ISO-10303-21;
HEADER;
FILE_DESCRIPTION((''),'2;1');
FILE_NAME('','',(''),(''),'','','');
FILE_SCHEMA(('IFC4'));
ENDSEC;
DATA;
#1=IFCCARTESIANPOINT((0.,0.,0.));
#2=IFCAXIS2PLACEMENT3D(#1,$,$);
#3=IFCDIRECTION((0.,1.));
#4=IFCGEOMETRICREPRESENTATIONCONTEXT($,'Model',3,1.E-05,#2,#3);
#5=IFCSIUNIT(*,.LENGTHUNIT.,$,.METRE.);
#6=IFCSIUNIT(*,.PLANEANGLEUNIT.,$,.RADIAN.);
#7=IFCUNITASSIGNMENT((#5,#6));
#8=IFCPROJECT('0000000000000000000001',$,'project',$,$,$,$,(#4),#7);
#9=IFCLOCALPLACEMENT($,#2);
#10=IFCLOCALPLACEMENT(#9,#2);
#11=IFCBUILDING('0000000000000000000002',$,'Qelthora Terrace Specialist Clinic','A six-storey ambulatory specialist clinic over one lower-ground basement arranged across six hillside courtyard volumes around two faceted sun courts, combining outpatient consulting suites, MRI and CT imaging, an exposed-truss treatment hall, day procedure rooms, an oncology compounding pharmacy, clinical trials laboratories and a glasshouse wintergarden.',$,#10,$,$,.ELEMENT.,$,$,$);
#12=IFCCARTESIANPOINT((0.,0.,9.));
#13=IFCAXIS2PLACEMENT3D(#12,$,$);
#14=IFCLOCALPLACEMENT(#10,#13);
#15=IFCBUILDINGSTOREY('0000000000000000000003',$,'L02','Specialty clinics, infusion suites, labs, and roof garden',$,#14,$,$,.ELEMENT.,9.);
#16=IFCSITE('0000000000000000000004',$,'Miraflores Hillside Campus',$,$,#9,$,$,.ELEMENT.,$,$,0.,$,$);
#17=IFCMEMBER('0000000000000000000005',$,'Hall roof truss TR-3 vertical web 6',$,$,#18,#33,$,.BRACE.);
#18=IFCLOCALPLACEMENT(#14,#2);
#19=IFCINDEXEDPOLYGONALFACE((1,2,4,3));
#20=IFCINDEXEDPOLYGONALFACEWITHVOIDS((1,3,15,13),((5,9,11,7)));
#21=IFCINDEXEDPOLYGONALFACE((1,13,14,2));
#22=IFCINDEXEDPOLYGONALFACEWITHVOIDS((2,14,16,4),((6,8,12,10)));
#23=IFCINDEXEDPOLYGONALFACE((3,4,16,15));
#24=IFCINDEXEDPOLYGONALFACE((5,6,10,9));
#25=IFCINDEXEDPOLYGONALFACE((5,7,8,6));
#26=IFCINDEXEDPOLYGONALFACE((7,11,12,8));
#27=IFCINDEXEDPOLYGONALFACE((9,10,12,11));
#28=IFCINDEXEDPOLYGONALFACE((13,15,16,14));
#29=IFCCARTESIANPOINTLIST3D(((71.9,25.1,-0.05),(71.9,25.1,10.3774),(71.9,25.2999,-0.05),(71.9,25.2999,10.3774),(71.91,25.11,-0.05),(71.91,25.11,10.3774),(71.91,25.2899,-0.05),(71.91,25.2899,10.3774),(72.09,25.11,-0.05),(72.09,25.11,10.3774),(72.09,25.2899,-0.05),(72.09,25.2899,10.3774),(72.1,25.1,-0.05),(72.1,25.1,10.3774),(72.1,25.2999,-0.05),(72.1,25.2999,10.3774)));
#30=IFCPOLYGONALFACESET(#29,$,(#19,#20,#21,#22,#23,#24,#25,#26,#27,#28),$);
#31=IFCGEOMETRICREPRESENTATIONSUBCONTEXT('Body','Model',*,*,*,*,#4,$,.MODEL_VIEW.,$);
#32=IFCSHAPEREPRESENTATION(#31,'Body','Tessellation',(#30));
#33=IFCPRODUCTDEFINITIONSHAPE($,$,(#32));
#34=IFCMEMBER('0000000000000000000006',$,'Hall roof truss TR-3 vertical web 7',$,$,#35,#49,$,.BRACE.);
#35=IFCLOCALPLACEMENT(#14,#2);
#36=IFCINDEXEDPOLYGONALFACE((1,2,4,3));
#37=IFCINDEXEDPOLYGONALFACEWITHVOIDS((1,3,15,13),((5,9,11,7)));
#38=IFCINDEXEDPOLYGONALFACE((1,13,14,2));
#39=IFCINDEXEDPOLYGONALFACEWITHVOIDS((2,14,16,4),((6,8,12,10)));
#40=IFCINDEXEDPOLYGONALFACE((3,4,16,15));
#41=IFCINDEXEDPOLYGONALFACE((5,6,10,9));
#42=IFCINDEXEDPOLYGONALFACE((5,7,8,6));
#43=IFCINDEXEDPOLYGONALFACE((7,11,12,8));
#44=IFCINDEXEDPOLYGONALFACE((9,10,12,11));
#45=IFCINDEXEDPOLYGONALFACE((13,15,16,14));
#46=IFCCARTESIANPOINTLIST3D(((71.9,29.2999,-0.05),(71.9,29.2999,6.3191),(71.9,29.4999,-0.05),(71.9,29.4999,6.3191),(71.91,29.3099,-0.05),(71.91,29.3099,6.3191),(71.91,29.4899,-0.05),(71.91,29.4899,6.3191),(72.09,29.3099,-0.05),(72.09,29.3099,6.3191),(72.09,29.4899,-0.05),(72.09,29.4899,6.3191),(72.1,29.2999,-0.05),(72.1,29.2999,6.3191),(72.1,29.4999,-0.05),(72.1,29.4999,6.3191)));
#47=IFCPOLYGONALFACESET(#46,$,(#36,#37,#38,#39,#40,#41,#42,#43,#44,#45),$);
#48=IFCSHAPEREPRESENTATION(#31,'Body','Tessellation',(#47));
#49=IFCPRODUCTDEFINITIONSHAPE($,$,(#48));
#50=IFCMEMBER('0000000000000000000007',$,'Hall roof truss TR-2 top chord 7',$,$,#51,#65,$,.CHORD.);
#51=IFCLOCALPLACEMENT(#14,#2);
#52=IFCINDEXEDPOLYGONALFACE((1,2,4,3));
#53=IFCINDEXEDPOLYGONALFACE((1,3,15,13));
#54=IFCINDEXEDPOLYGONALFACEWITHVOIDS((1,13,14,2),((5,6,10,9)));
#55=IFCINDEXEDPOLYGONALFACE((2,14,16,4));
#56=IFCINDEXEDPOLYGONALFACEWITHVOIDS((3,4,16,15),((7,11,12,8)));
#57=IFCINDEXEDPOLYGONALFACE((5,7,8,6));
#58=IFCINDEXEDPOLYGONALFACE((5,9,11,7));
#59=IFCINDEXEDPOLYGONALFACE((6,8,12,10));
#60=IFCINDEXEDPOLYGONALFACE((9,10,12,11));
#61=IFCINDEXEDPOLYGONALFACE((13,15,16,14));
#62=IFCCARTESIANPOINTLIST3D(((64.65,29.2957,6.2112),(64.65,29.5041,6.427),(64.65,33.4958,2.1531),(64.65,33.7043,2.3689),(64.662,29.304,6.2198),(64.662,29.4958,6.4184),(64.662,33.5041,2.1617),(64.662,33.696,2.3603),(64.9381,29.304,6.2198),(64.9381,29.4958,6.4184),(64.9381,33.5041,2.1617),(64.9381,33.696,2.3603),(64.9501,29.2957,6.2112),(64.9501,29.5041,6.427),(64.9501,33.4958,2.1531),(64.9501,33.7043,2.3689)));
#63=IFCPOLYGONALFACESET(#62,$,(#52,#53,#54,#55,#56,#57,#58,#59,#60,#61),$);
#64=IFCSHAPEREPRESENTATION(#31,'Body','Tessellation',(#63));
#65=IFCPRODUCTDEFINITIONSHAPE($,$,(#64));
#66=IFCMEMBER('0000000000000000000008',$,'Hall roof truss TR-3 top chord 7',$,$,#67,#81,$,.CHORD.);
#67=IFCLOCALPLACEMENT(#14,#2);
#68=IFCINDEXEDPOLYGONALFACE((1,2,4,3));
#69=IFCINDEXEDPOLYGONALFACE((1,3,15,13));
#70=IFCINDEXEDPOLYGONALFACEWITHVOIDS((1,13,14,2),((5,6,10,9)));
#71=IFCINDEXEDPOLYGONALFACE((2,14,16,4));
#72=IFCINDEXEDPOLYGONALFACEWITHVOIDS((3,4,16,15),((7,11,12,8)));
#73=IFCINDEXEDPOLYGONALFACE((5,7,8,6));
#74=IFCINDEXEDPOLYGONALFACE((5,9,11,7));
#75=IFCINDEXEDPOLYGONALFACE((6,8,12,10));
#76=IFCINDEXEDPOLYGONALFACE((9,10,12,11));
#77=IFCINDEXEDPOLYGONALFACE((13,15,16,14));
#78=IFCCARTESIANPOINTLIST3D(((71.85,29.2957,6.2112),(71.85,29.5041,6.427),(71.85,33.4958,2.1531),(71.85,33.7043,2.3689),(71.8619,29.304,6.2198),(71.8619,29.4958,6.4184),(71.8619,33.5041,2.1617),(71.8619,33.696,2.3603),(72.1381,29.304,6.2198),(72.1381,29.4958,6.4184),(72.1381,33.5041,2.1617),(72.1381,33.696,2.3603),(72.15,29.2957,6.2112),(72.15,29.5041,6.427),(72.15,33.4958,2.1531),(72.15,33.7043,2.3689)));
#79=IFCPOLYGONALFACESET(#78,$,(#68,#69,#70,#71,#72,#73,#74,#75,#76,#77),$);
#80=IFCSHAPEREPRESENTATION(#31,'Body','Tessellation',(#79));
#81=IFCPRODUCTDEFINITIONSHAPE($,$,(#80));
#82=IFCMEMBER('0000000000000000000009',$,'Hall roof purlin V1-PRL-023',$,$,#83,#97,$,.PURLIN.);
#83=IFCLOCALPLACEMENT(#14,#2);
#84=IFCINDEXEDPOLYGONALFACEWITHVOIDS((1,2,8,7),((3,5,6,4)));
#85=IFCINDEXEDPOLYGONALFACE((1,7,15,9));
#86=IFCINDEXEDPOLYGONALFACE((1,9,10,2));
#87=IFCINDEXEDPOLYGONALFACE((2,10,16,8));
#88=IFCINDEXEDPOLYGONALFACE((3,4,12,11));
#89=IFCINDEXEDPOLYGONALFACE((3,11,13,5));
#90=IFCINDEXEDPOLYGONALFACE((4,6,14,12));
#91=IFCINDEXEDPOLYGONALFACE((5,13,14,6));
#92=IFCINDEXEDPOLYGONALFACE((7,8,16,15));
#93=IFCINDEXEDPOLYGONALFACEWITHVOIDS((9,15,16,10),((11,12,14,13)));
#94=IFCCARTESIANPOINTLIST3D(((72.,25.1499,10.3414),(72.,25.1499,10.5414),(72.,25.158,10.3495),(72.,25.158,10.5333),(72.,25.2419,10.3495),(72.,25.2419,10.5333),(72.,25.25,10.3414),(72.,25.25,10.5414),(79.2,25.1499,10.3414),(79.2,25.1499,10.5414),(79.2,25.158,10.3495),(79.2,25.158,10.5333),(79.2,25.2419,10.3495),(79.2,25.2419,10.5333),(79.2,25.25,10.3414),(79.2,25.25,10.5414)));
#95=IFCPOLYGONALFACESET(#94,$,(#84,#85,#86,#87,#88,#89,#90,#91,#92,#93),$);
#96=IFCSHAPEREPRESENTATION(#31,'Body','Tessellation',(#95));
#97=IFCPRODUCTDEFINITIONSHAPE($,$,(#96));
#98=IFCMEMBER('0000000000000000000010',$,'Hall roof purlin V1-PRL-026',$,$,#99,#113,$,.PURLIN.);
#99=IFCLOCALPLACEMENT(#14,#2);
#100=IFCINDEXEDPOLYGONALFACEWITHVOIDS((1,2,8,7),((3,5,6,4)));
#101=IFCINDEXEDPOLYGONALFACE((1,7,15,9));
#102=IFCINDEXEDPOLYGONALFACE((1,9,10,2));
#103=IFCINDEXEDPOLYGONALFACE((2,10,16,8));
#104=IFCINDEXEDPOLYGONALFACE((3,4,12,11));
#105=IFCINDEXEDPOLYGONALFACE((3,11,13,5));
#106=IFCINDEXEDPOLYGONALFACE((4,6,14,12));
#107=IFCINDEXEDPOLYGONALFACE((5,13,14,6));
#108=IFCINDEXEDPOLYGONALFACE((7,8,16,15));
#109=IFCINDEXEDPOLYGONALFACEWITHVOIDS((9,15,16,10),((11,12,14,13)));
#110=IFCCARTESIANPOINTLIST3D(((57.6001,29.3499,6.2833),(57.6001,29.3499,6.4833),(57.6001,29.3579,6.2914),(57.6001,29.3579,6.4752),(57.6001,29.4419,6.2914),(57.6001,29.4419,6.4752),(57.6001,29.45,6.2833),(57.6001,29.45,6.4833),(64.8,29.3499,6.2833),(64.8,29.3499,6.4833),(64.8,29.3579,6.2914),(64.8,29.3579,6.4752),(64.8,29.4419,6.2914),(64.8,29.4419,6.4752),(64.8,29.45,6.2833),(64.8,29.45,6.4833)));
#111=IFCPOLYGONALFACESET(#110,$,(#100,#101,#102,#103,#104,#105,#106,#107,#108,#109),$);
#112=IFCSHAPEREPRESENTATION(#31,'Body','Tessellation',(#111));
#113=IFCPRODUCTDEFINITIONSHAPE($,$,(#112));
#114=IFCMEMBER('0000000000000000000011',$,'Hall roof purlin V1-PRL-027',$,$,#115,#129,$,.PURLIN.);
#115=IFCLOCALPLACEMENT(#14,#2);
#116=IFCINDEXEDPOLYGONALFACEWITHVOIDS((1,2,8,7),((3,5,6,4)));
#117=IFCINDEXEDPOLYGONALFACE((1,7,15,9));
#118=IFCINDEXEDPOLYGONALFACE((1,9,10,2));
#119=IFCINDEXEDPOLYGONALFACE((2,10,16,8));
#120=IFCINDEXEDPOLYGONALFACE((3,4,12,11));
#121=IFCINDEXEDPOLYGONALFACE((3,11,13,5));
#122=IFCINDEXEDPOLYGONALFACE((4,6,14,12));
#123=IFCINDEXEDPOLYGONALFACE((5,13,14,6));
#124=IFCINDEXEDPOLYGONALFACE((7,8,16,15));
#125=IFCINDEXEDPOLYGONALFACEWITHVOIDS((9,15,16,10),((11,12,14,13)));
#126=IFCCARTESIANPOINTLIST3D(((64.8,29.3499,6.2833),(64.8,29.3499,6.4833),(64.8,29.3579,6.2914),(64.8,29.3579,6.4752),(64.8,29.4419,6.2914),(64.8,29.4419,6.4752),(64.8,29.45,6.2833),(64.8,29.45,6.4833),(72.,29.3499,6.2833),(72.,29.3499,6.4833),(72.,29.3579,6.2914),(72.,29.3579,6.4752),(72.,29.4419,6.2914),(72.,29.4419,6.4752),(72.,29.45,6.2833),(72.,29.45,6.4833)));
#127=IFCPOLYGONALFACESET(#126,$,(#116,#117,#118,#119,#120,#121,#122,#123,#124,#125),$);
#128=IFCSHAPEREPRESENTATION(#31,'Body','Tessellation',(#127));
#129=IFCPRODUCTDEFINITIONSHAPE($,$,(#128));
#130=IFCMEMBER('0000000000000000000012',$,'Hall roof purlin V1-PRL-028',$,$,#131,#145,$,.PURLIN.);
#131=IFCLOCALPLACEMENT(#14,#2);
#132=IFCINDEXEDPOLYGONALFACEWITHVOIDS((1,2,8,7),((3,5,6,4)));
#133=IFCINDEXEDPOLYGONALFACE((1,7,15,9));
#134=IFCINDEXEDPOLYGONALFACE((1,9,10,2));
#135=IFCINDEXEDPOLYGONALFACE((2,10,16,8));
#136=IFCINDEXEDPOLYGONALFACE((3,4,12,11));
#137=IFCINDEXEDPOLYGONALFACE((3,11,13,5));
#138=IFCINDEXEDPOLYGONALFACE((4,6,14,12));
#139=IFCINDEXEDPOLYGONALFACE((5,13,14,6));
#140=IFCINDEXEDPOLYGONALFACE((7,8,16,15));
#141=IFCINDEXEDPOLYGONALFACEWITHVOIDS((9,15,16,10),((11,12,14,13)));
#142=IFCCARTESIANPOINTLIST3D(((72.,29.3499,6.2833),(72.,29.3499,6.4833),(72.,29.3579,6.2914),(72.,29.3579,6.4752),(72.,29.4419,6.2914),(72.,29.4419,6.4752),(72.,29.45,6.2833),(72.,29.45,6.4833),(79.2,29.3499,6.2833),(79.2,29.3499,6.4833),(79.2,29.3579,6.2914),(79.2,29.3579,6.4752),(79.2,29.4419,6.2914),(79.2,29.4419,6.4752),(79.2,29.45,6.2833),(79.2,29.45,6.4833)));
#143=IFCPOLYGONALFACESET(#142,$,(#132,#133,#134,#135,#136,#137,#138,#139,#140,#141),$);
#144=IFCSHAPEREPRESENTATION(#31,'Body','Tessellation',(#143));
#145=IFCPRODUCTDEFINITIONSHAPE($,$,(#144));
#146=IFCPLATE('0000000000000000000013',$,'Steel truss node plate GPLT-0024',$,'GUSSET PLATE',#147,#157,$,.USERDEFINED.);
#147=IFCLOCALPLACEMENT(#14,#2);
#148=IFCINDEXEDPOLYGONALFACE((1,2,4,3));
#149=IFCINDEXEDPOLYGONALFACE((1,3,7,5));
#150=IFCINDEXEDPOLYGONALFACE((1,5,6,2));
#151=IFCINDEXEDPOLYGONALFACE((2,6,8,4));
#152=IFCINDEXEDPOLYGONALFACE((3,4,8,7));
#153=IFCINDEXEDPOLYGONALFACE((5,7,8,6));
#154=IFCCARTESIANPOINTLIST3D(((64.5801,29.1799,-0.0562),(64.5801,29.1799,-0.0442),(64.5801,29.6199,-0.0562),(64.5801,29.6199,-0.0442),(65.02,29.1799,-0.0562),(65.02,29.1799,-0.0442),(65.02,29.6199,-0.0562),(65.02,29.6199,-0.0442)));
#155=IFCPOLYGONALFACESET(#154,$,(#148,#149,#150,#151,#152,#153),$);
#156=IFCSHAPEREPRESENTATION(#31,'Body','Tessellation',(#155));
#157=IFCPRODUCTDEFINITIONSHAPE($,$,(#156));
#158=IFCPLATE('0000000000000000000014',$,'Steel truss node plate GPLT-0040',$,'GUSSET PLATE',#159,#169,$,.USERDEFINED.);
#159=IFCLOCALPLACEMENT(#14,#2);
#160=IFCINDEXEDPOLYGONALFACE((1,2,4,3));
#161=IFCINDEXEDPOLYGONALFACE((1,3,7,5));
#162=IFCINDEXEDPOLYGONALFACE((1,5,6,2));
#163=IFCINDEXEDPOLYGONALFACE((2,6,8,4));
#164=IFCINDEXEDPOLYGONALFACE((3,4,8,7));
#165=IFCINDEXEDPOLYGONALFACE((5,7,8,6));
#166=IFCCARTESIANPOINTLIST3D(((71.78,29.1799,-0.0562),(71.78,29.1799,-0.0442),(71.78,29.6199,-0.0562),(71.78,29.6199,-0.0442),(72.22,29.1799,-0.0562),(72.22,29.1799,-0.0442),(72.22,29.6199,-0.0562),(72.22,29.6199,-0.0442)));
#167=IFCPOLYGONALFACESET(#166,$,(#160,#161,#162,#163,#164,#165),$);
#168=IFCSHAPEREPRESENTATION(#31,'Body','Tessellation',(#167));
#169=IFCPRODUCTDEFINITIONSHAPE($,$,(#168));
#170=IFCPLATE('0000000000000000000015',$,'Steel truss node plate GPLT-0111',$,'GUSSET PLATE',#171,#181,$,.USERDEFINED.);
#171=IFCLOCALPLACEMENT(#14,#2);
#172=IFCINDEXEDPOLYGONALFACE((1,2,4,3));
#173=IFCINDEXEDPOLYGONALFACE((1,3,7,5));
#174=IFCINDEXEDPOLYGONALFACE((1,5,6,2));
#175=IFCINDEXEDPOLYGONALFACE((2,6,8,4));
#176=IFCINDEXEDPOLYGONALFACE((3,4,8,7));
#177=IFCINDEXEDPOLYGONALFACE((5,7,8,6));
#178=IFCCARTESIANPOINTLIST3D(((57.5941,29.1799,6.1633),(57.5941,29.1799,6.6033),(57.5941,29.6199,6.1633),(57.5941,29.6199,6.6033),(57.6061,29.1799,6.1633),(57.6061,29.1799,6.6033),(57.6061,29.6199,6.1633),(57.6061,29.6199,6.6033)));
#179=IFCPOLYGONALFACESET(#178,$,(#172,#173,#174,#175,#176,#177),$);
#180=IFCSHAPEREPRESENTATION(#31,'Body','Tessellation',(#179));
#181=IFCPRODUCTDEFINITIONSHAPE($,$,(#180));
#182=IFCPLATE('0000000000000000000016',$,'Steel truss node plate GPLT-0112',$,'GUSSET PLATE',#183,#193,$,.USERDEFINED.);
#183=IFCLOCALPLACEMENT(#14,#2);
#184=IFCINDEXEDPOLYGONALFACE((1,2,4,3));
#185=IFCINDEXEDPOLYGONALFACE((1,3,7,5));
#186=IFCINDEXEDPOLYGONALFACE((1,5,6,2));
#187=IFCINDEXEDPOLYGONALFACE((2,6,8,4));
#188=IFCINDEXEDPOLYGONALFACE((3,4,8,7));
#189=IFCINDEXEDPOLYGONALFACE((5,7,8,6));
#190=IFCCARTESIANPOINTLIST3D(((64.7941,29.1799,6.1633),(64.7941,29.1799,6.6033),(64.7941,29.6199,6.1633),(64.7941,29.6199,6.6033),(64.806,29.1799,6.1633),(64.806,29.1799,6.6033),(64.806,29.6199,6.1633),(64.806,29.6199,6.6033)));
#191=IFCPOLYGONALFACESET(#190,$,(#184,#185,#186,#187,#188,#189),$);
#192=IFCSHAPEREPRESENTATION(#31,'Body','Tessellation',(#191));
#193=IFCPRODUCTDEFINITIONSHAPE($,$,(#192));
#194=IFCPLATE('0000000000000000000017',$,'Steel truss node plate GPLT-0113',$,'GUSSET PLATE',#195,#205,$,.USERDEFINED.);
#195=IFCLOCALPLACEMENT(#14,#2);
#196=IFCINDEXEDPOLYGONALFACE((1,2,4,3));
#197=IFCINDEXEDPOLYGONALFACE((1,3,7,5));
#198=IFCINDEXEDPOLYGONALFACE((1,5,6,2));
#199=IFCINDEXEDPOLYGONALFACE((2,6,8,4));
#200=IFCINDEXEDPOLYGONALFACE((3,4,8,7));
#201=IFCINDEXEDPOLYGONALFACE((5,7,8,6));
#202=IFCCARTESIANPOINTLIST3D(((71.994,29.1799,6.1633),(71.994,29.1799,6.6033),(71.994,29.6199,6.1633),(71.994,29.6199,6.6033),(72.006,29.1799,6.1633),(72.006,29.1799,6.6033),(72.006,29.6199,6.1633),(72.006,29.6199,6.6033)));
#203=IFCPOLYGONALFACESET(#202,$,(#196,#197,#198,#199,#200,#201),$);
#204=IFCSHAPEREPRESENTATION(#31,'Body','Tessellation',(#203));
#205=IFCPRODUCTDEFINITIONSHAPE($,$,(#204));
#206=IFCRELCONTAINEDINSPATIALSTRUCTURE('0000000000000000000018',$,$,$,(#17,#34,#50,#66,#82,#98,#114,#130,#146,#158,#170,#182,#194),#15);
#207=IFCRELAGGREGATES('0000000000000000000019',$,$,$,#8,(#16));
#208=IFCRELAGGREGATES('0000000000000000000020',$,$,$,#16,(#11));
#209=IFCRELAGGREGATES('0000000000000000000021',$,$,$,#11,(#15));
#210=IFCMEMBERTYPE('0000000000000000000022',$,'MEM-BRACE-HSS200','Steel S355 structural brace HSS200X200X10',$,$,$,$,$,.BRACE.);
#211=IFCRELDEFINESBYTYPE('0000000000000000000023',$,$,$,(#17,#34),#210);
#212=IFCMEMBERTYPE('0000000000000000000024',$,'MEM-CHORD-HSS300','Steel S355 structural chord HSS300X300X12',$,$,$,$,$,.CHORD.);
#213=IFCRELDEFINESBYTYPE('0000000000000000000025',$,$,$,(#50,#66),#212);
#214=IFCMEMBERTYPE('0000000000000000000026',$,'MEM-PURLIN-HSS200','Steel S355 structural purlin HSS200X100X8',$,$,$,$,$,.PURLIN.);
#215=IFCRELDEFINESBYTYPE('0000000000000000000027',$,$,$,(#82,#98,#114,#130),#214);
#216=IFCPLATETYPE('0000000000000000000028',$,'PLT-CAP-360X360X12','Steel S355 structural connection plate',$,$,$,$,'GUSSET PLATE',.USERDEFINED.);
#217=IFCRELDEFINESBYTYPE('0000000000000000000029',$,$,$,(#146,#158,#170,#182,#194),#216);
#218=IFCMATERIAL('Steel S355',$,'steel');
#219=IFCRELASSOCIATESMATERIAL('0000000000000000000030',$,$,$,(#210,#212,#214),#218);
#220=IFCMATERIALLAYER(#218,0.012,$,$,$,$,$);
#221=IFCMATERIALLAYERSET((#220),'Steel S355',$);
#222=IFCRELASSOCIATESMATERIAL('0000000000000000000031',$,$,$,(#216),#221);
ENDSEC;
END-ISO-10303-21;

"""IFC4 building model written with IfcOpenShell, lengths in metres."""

from ifc_helpers import new_model, si_unit, direction, frame, origin, origin_2d, place, context, subcontext, project, spatial, rectangle, hollow_rectangle, extrude, material, layer, layer_set, material_profile, profile_set, type_object, element, save


model = new_model("IFC4")

# Units and contexts
model_context = context("Model", 3, precision=1e-05, world=origin(), true_north=direction((0.0, 1.0)))
body_context = subcontext(model_context, "Body", "Model", "MODEL_VIEW")
ifc_project = project(units=[si_unit("LENGTHUNIT", "METRE"), si_unit("PLANEANGLEUNIT", "RADIAN")], contexts=[model_context])

# Site, building, storey
site_placement = place(None, origin())
site = spatial("IfcSite", under=ifc_project, at=site_placement, Name="Miraflores Hillside Campus", CompositionType="ELEMENT", RefElevation=0.0)
building_placement = place(site_placement, origin())
building = spatial("IfcBuilding", under=site, at=building_placement, Name="Qelthora Terrace Specialist Clinic", Description="A six-storey ambulatory specialist clinic over one lower-ground basement arranged across six hillside courtyard volumes around two faceted sun courts, combining outpatient consulting suites, MRI and CT imaging, an exposed-truss treatment hall, day procedure rooms, an oncology compounding pharmacy, clinical trials laboratories and a glasshouse wintergarden.", CompositionType="ELEMENT")
storey_placement = place(building_placement, frame((0.0, 0.0, 9.0)))
storey = spatial("IfcBuildingStorey", under=building, at=storey_placement, Name="L02", Description="Specialty clinics, infusion suites, labs, and roof garden", CompositionType="ELEMENT", Elevation=9.0)

# Shared definitions
ifc_material = material(Name="Steel S355", Category="steel")

# Members
ifc_material_profile_1 = material_profile(ifc_material, hollow_rectangle(XDim=0.2, YDim=0.2, WallThickness=0.01, at=origin_2d()), Name="HSS200X200X10")
ifc_profile_set_1 = profile_set([ifc_material_profile_1], Name="Steel S355")
member_type_1 = type_object("IfcMemberType", Name="MEM-BRACE-HSS200", Description="Steel S355 structural brace HSS200X200X10", PredefinedType="BRACE", material=ifc_profile_set_1)
member_1_placement = place(storey_placement, frame((72.0, 25.2, -0.05), z_axis=(0.0, 0.0, 1.0), x_axis=(1.0, 0.0, 0.0)))
element("IfcMember", 1, at=member_1_placement, inside=storey, type_object=member_type_1, Name="Hall roof truss TR-3 vertical web 6", PredefinedType="BRACE", context=body_context, shape_type="SweptSolid", body=[
    extrude(hollow_rectangle(XDim=0.2, YDim=0.2, WallThickness=0.01, at=origin_2d()), origin(), (0.0, 0.0, 1.0), 10.4275),
])
member_2_placement = place(storey_placement, frame((72.0, 29.3999, -0.05), z_axis=(0.0, 0.0, 1.0), x_axis=(1.0, 0.0, 0.0)))
element("IfcMember", 2, at=member_2_placement, inside=storey, type_object=member_type_1, Name="Hall roof truss TR-3 vertical web 7", PredefinedType="BRACE", context=body_context, shape_type="SweptSolid", body=[
    extrude(hollow_rectangle(XDim=0.2, YDim=0.2, WallThickness=0.01, at=origin_2d()), origin(), (0.0, 0.0, 1.0), 6.3691),
])
ifc_material_profile_2 = material_profile(ifc_material, hollow_rectangle(XDim=0.3, YDim=0.3, WallThickness=0.012, at=origin_2d()), Name="HSS300X300X12")
ifc_profile_set_2 = profile_set([ifc_material_profile_2], Name="Steel S355")
member_type_2 = type_object("IfcMemberType", Name="MEM-CHORD-HSS300", Description="Steel S355 structural chord HSS300X300X12", PredefinedType="CHORD", material=ifc_profile_set_2)
for number, where, z_axis, x_axis, name in (
    (3, (64.8, 29.3999, 6.3191), (0.0, 0.719167, -0.694838), (-1.0, 0.0, 0.0), "Hall roof truss TR-2 top chord 7"),
    (4, (72.0, 29.3999, 6.3191), (0.0, 0.719167, -0.694838), (-1.0, 0.0, 0.0), "Hall roof truss TR-3 top chord 7"),
):
    element("IfcMember", number, at=place(storey_placement, frame(where, z_axis=z_axis, x_axis=x_axis)), inside=storey, type_object=member_type_2, Name=name, PredefinedType="CHORD", context=body_context, shape_type="SweptSolid", body=[
        extrude(hollow_rectangle(XDim=0.3, YDim=0.3, WallThickness=0.012, at=origin_2d()), origin(), (0.0, 0.0, 1.0), 5.8403),
    ])
ifc_material_profile_3 = material_profile(ifc_material, hollow_rectangle(XDim=0.1001, YDim=0.2, WallThickness=0.0081, at=origin_2d()), Name="HSS200X100X8")
ifc_profile_set_3 = profile_set([ifc_material_profile_3], Name="Steel S355")
member_type_3 = type_object("IfcMemberType", Name="MEM-PURLIN-HSS200", Description="Steel S355 structural purlin HSS200X100X8", PredefinedType="PURLIN", material=ifc_profile_set_3)
for number, where, z_axis, x_axis, name in (
    (5, (72.0, 25.2, 10.4414), (1.0, 0.0, 0.0), (0.0, 1.0, 0.0), "Hall roof purlin V1-PRL-023"),
    (6, (57.6001, 29.3999, 6.3833), (1.0, 0.0, 0.0), (0.0, 1.0, 0.0), "Hall roof purlin V1-PRL-026"),
    (7, (64.8, 29.3999, 6.3833), (1.0, 0.0, 0.0), (0.0, 1.0, 0.0), "Hall roof purlin V1-PRL-027"),
    (8, (72.0, 29.3999, 6.3833), (1.0, 0.0, 0.0), (0.0, 1.0, 0.0), "Hall roof purlin V1-PRL-028"),
):
    element("IfcMember", number, at=place(storey_placement, frame(where, z_axis=z_axis, x_axis=x_axis)), inside=storey, type_object=member_type_3, Name=name, PredefinedType="PURLIN", context=body_context, shape_type="SweptSolid", body=[
        extrude(hollow_rectangle(XDim=0.1001, YDim=0.2, WallThickness=0.0081, at=origin_2d()), origin(), (0.0, 0.0, 1.0), 7.2),
    ])

# Plates
ifc_layer_1 = layer(ifc_material, 0.012)
ifc_layer_set_1 = layer_set([ifc_layer_1], Name="Steel S355")
plate_type_1 = type_object("IfcPlateType", Name="PLT-CAP-360X360X12", Description="Steel S355 structural connection plate", ElementType="GUSSET PLATE", PredefinedType="USERDEFINED", material=ifc_layer_set_1)
for number, where, z_axis, x_axis, name in (
    (9, (64.8, 29.3999, -0.0562), (0.0, 0.0, 1.0), (1.0, 0.0, 0.0), "Steel truss node plate GPLT-0024"),
    (10, (72.0, 29.3999, -0.0562), (0.0, 0.0, 1.0), (1.0, 0.0, 0.0), "Steel truss node plate GPLT-0040"),
):
    element("IfcPlate", number, at=place(storey_placement, frame(where, z_axis=z_axis, x_axis=x_axis)), inside=storey, type_object=plate_type_1, Name=name, ObjectType="GUSSET PLATE", PredefinedType="USERDEFINED", context=body_context, shape_type="SweptSolid", body=[
        extrude(rectangle(XDim=0.4399, YDim=0.4399, at=origin_2d()), origin(), (0.0, 0.0, 1.0), 0.012),
    ])
for number, where, z_axis, x_axis, name in (
    (11, (57.6001, 29.3999, 6.1633), (0.0, 0.0, 1.0), (1.0, 0.0, 0.0), "Steel truss node plate GPLT-0111"),
    (12, (64.8, 29.3999, 6.1633), (0.0, 0.0, 1.0), (1.0, 0.0, 0.0), "Steel truss node plate GPLT-0112"),
    (13, (72.0, 29.3999, 6.1633), (0.0, 0.0, 1.0), (1.0, 0.0, 0.0), "Steel truss node plate GPLT-0113"),
):
    element("IfcPlate", number, at=place(storey_placement, frame(where, z_axis=z_axis, x_axis=x_axis)), inside=storey, type_object=plate_type_1, Name=name, ObjectType="GUSSET PLATE", PredefinedType="USERDEFINED", context=body_context, shape_type="SweptSolid", body=[
        extrude(rectangle(XDim=0.012, YDim=0.4399, at=origin_2d()), origin(), (0.0, 0.0, 1.0), 0.4399),
    ])

save(model, "model.ifc")
